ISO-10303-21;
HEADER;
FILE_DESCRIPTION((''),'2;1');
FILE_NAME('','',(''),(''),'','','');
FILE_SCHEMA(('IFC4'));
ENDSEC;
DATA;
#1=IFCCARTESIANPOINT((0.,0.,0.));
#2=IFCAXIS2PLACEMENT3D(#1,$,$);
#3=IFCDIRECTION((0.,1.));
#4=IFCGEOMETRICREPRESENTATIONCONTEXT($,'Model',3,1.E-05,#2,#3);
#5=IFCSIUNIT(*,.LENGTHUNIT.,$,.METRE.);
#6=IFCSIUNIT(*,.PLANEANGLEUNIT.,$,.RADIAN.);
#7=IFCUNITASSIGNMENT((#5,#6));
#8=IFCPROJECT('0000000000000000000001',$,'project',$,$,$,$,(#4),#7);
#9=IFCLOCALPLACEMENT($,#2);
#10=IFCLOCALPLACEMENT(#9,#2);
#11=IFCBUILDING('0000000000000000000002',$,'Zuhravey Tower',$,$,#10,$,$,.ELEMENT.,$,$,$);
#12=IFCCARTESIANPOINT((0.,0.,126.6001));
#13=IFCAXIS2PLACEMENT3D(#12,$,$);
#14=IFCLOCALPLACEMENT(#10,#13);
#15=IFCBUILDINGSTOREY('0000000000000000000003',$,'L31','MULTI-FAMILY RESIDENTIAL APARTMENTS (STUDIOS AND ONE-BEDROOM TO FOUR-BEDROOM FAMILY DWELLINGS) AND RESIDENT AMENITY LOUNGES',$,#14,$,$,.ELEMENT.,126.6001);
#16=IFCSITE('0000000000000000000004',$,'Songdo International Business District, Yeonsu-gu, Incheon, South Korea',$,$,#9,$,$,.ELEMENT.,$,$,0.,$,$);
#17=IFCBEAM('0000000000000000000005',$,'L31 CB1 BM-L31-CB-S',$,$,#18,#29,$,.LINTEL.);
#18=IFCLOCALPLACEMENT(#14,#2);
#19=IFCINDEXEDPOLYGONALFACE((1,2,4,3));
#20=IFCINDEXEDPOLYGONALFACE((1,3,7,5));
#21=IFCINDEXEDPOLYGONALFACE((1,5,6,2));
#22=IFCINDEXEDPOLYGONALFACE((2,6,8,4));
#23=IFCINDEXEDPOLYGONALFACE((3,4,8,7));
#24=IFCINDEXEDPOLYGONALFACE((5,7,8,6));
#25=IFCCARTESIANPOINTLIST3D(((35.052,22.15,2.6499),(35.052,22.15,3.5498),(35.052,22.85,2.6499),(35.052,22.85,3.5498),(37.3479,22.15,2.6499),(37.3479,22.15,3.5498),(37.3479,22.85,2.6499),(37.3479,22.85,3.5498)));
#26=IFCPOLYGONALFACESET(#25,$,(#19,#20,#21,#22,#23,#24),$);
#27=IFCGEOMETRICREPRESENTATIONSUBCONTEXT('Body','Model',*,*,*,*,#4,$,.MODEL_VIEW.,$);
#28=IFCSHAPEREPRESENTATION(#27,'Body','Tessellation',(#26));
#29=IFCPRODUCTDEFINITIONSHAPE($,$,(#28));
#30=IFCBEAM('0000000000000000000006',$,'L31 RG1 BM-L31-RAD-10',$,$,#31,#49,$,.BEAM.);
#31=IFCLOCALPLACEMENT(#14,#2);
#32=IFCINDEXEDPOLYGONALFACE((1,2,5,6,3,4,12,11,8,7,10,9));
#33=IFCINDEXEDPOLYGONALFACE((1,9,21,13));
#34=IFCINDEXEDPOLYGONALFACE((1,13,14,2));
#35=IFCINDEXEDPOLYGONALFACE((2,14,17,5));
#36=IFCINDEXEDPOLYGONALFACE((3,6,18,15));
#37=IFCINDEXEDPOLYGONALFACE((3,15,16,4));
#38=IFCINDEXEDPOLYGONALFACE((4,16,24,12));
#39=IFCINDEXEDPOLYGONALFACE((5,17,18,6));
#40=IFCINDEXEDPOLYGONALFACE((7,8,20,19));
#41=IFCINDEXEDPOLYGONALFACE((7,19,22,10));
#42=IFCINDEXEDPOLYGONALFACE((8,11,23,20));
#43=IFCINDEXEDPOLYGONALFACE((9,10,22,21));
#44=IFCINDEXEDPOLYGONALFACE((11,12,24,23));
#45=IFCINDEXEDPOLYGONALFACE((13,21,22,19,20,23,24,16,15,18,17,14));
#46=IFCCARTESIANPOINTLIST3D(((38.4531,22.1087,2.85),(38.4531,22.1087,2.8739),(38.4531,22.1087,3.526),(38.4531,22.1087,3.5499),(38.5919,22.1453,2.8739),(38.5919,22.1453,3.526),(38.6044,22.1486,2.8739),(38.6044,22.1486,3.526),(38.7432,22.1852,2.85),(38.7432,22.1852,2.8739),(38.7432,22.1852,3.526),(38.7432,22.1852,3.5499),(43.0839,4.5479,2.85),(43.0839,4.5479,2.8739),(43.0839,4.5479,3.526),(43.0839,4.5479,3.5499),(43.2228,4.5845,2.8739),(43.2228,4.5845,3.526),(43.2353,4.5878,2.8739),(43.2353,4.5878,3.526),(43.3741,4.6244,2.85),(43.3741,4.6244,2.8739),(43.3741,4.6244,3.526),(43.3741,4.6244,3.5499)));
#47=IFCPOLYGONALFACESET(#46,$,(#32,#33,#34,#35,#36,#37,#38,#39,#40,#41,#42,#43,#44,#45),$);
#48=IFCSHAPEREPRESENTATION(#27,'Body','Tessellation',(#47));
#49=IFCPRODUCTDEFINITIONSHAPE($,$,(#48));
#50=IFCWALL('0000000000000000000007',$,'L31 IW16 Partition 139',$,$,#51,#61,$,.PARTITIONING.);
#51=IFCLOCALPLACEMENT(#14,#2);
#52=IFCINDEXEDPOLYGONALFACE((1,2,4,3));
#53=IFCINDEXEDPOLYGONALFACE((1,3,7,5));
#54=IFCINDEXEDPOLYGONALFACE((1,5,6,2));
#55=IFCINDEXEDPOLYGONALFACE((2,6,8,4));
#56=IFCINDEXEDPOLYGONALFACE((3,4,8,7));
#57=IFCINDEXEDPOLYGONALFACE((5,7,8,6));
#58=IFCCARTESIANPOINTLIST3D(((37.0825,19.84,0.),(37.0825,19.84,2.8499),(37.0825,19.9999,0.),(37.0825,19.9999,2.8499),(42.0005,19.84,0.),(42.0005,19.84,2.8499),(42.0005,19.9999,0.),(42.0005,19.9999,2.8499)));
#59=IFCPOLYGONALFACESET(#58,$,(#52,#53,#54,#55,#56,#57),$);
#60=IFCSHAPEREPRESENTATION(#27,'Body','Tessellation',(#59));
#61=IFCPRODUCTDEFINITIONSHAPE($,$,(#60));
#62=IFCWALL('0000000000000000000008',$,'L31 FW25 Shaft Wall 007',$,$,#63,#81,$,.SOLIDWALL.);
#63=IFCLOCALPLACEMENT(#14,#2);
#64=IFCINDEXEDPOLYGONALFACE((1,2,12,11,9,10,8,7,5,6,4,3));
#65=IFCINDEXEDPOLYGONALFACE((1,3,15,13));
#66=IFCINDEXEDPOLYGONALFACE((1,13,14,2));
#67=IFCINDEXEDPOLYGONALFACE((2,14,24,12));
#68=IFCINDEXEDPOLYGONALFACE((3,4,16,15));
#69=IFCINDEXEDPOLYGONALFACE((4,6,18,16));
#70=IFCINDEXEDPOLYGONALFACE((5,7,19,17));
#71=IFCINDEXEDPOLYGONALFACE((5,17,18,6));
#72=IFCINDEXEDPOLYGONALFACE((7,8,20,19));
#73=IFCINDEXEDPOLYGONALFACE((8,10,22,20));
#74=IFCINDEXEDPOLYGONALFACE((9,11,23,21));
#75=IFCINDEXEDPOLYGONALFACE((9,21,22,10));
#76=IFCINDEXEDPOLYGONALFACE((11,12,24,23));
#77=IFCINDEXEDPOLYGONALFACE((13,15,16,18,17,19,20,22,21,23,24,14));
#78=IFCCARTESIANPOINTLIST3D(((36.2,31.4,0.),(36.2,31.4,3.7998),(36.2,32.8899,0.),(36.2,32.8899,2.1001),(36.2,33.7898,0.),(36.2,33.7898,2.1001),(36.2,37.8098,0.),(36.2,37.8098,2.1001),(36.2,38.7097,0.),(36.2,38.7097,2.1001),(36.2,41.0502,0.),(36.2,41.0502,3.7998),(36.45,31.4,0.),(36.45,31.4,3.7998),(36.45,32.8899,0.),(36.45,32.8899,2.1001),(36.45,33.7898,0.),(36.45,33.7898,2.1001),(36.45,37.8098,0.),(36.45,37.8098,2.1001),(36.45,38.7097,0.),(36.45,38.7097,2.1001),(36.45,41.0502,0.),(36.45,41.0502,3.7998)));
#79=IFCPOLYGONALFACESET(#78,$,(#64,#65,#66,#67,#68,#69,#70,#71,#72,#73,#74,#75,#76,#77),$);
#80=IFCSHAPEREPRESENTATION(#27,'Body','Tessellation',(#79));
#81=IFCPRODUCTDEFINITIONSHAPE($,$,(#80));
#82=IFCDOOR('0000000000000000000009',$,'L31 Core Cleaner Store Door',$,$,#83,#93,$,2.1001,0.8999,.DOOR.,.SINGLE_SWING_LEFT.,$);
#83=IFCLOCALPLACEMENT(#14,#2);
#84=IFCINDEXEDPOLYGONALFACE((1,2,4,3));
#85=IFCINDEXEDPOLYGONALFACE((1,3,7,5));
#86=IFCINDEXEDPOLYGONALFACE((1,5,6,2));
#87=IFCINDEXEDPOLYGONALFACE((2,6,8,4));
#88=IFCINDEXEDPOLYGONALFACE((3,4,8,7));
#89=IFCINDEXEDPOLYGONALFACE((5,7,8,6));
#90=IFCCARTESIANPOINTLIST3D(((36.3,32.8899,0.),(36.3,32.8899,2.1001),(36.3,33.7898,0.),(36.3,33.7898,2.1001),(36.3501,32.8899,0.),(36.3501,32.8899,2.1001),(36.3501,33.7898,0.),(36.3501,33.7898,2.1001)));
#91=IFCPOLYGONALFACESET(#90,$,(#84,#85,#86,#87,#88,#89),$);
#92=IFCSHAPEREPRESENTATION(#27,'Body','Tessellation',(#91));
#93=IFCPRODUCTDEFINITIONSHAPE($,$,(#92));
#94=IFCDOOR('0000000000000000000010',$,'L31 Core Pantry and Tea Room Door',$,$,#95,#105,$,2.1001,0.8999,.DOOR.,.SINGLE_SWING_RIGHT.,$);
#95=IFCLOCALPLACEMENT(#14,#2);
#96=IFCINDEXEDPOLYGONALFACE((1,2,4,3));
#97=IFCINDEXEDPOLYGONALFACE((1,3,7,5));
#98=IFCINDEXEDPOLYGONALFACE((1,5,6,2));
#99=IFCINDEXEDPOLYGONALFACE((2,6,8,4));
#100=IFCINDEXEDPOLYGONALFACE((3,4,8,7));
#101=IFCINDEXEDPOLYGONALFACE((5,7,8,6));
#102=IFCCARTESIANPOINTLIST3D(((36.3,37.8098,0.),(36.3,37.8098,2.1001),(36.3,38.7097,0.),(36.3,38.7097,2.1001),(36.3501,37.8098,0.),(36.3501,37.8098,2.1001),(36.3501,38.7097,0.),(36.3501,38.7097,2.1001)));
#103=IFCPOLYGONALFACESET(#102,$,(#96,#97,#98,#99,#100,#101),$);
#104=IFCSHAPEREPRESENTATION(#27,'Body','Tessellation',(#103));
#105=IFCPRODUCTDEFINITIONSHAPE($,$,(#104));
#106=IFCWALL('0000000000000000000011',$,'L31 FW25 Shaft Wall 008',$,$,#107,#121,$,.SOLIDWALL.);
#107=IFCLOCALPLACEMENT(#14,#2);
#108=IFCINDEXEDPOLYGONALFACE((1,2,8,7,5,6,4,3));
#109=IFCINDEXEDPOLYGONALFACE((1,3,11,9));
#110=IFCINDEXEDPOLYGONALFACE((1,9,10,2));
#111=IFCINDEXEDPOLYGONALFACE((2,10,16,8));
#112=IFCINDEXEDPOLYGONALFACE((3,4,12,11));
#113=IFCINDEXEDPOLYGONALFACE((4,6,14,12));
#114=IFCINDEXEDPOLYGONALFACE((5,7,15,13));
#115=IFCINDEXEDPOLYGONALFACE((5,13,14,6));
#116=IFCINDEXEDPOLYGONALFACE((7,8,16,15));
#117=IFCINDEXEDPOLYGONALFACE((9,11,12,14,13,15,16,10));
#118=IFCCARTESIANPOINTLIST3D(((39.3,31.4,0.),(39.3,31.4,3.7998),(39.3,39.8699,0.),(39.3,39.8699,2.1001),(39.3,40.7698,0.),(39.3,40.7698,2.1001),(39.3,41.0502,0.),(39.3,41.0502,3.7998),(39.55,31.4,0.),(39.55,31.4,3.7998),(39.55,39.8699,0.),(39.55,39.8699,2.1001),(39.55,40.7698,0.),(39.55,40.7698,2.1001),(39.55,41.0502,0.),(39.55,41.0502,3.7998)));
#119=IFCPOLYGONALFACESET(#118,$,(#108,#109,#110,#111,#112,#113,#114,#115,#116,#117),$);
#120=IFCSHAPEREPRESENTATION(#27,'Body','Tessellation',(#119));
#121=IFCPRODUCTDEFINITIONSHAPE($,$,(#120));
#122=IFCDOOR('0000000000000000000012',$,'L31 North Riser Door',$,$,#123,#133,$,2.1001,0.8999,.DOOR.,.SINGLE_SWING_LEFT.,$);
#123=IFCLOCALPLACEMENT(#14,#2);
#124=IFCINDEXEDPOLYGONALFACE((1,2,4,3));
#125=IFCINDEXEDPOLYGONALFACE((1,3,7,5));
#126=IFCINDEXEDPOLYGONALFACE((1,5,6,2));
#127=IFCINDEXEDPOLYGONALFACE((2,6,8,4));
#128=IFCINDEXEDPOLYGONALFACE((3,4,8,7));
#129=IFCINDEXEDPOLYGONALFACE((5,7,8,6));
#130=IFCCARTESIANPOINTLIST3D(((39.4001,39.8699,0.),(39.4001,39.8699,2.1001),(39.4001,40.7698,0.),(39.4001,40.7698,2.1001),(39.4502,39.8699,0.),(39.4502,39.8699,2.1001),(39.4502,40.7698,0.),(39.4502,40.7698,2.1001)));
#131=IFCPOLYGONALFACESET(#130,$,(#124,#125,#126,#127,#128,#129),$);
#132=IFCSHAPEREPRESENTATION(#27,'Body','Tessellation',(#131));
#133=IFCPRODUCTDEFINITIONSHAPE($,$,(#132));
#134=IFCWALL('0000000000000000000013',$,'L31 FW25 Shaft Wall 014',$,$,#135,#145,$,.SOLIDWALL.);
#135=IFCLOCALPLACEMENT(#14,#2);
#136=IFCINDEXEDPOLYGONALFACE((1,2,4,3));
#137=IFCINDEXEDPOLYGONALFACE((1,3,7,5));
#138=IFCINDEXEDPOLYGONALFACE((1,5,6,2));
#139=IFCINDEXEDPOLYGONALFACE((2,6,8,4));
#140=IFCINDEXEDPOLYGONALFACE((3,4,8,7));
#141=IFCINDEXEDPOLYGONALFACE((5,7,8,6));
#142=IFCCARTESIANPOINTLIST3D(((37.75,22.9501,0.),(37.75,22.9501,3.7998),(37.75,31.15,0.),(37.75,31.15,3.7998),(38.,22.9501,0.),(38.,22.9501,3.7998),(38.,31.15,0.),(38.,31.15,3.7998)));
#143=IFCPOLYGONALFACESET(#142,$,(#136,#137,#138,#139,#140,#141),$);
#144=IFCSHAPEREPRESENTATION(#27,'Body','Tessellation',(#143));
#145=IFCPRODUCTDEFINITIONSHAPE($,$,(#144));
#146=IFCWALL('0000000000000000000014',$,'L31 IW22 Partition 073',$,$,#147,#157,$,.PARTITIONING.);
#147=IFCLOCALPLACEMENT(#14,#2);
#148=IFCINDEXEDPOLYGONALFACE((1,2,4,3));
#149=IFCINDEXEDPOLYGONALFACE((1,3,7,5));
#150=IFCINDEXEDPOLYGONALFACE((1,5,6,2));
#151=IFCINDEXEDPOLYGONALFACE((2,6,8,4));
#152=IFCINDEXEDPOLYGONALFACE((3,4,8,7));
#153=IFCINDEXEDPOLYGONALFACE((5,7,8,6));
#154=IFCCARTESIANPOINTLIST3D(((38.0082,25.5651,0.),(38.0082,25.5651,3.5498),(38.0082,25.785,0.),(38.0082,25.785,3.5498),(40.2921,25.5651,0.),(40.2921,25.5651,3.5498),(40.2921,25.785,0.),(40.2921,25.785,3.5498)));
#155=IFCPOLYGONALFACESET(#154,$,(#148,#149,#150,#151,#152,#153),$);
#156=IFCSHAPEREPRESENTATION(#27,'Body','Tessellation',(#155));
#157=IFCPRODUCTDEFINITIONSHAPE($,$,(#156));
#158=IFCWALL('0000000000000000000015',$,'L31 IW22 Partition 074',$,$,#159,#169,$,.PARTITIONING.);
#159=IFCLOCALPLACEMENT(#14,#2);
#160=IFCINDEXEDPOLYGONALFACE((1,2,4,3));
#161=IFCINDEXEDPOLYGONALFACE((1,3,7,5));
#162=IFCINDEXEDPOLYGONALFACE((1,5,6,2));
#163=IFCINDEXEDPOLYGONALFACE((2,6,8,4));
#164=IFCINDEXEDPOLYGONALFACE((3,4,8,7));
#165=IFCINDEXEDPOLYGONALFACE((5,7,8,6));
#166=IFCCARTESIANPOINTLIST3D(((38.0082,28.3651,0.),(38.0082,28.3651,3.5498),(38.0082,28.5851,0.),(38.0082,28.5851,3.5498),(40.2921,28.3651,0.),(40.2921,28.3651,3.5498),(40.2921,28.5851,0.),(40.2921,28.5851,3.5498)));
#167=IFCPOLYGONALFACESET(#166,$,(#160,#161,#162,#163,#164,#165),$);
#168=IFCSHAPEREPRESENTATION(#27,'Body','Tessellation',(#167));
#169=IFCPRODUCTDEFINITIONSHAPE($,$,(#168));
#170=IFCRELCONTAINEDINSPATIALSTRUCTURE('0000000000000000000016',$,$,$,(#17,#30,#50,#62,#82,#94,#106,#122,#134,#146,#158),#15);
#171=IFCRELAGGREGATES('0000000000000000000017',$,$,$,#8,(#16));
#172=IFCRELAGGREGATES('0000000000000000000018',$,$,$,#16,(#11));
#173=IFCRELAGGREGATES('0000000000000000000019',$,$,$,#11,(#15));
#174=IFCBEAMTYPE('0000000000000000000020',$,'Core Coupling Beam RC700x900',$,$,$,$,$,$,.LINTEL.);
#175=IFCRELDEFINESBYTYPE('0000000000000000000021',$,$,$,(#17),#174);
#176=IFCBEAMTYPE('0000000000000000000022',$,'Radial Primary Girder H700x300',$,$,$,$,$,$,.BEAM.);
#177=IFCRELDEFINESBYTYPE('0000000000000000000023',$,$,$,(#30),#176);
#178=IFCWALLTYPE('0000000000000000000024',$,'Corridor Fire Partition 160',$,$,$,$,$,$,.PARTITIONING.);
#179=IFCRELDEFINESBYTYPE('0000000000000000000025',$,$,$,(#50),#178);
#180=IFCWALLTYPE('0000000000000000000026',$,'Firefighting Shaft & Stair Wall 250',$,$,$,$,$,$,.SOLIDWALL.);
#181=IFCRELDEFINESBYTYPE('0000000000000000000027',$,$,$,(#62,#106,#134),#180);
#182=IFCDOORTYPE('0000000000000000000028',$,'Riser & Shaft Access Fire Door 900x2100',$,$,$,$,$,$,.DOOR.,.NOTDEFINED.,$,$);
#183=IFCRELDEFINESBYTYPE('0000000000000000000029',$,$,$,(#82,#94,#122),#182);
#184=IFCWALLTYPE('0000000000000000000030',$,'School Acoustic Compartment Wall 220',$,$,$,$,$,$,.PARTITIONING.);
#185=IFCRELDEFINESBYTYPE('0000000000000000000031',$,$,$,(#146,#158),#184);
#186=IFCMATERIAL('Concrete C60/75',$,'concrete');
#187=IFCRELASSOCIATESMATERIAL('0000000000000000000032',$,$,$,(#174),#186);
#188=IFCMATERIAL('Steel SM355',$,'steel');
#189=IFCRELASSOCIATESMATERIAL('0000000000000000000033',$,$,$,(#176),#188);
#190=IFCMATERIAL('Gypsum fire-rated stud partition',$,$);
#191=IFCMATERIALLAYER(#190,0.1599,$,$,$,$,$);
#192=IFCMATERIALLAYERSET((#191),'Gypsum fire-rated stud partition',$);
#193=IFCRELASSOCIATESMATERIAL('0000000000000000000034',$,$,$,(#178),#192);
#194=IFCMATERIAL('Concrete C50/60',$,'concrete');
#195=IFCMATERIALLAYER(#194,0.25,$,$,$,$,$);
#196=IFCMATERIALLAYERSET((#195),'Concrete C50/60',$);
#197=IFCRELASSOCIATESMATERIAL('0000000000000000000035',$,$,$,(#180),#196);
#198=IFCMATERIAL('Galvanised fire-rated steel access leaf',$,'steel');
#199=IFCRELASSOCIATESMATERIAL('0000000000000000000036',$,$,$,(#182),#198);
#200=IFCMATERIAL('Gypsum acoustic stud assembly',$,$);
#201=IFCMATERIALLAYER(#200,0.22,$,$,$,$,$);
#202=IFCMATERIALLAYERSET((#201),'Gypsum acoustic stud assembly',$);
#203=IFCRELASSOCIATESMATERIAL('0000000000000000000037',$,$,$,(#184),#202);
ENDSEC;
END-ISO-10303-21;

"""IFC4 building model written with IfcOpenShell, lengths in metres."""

from ifc_helpers import new_model, si_unit, direction, frame, frame_2d, origin, origin_2d, place, context, subcontext, project, spatial, rectangle, i_section, extrude, material, layer, layer_set, material_profile, profile_set, type_object, element, fill, save


model = new_model("IFC4")

# Units and contexts
model_context = context("Model", 3, precision=1e-05, world=origin(), true_north=direction((0.0, 1.0)))
body_context = subcontext(model_context, "Body", "Model", "MODEL_VIEW")
ifc_project = project(units=[si_unit("LENGTHUNIT", "METRE"), si_unit("PLANEANGLEUNIT", "RADIAN")], contexts=[model_context])

# Site, building, storey
site_placement = place(None, origin())
site = spatial("IfcSite", under=ifc_project, at=site_placement, Name="Songdo International Business District, Yeonsu-gu, Incheon, South Korea", CompositionType="ELEMENT", RefElevation=0.0)
building_placement = place(site_placement, origin())
building = spatial("IfcBuilding", under=site, at=building_placement, Name="Zuhravey Tower", CompositionType="ELEMENT")
storey_placement = place(building_placement, frame((0.0, 0.0, 126.6001)))
storey = spatial("IfcBuildingStorey", under=building, at=storey_placement, Name="L31", Description="MULTI-FAMILY RESIDENTIAL APARTMENTS (STUDIOS AND ONE-BEDROOM TO FOUR-BEDROOM FAMILY DWELLINGS) AND RESIDENT AMENITY LOUNGES", CompositionType="ELEMENT", Elevation=126.6001)

# Beams
ifc_material_1 = material(Name="Concrete C60/75", Category="concrete")
ifc_material_profile_1 = material_profile(ifc_material_1, rectangle(XDim=0.7, YDim=0.8999, at=origin_2d()), Name="RC-700x900")
ifc_profile_set_1 = profile_set([ifc_material_profile_1], Name="Concrete C60/75")
beam_type_1 = type_object("IfcBeamType", Name="Core Coupling Beam RC700x900", PredefinedType="LINTEL", material=ifc_profile_set_1)
beam_1_placement = place(storey_placement, frame((35.052, 22.5, 3.0999), z_axis=(1.0, 0.0, 0.0), x_axis=(0.0, 1.0, 0.0)))
element("IfcBeam", 1, at=beam_1_placement, inside=storey, type_object=beam_type_1, Name="L31 CB1 BM-L31-CB-S", PredefinedType="LINTEL", context=body_context, shape_type="SweptSolid", body=[
    extrude(rectangle(XDim=0.7, YDim=0.8999, at=origin_2d()), origin(), (0.0, 0.0, 1.0), 2.2959),
])
ifc_material_2 = material(Name="Steel SM355", Category="steel")
ifc_material_profile_2 = material_profile(ifc_material_2, i_section(OverallWidth=0.3, OverallDepth=0.7, WebThickness=0.0129, FlangeThickness=0.0239, at=origin_2d()), Name="H-700x300x13x24")
ifc_profile_set_2 = profile_set([ifc_material_profile_2], Name="Steel SM355")
beam_type_2 = type_object("IfcBeamType", Name="Radial Primary Girder H700x300", PredefinedType="BEAM", material=ifc_profile_set_2)
beam_2_placement = place(storey_placement, frame((38.5981, 22.147, 3.2), z_axis=(0.254988, -0.966944, 0.0), x_axis=(0.966944, 0.254988, 0.0)))
element("IfcBeam", 2, at=beam_2_placement, inside=storey, type_object=beam_type_2, Name="L31 RG1 BM-L31-RAD-10", PredefinedType="BEAM", context=body_context, shape_type="SweptSolid", body=[
    extrude(i_section(OverallWidth=0.3, OverallDepth=0.7, WebThickness=0.0129, FlangeThickness=0.0239, at=origin_2d()), origin(), (0.0, 0.0, 1.0), 18.1611),
])

# Wall
ifc_material_3 = material(Name="Gypsum fire-rated stud partition")
ifc_layer_1 = layer(ifc_material_3, 0.1599)
ifc_layer_set_1 = layer_set([ifc_layer_1], Name="Gypsum fire-rated stud partition")
wall_type_1 = type_object("IfcWallType", Name="Corridor Fire Partition 160", PredefinedType="PARTITIONING", material=ifc_layer_set_1)
wall_1_placement = place(storey_placement, frame((37.0825, 19.9199, 0.0), z_axis=(0.0, 0.0, 1.0), x_axis=(1.0, 0.0, 0.0)))
element("IfcWall", 3, at=wall_1_placement, inside=storey, type_object=wall_type_1, Name="L31 IW16 Partition 139", PredefinedType="PARTITIONING", context=body_context, shape_type="SweptSolid", body=[
    extrude(rectangle(XDim=4.918, YDim=0.1599, at=frame_2d((2.459, 0.0))), origin(), (0.0, 0.0, 1.0), 2.8499),
])

# Shared definitions
ifc_material_4 = material(Name="Concrete C50/60", Category="concrete")
ifc_layer_2 = layer(ifc_material_4, 0.25)
ifc_layer_set_2 = layer_set([ifc_layer_2], Name="Concrete C50/60")
wall_type_2 = type_object("IfcWallType", Name="Firefighting Shaft & Stair Wall 250", PredefinedType="SOLIDWALL", material=ifc_layer_set_2)

# Wall, openings, doors
wall_2_placement = place(storey_placement, frame((36.325, 31.3999, 0.0), z_axis=(0.0, 0.0, 1.0), x_axis=(0.0, 1.0, 0.0)))
wall_2 = element("IfcWall", 4, at=wall_2_placement, inside=storey, type_object=wall_type_2, Name="L31 FW25 Shaft Wall 007", PredefinedType="SOLIDWALL", context=body_context, shape_type="SweptSolid", body=[
    extrude(rectangle(XDim=9.6501, YDim=0.25, at=frame_2d((4.8252, 0.0))), origin(), (0.0, 0.0, 1.0), 3.7998),
])
opening_1_placement = place(wall_2_placement, frame((1.49, 0.0, 0.0)))
opening_1 = element("IfcOpeningElement", 5, at=opening_1_placement, cuts=wall_2, PredefinedType="OPENING", context=body_context, shape_type="SweptSolid", body=[
    extrude(rectangle(XDim=0.8999, YDim=2.1001, at=frame_2d((0.45, 1.05))), frame((0.0, 0.137, 0.0), z_axis=(0.0, -1.0, 0.0), x_axis=(1.0, 0.0, 0.0)), (0.0, 0.0, 1.0), 0.2739),
])
opening_2_placement = place(wall_2_placement, frame((6.4099, 0.0, 0.0)))
opening_2 = element("IfcOpeningElement", 6, at=opening_2_placement, cuts=wall_2, PredefinedType="OPENING", context=body_context, shape_type="SweptSolid", body=[
    extrude(rectangle(XDim=0.8999, YDim=2.1001, at=frame_2d((0.45, 1.05))), frame((0.0, 0.137, 0.0), z_axis=(0.0, -1.0, 0.0), x_axis=(1.0, 0.0, 0.0)), (0.0, 0.0, 1.0), 0.2739),
])
ifc_material_5 = material(Name="Galvanised fire-rated steel access leaf", Category="steel")
door_type_1 = type_object("IfcDoorType", Name="Riser & Shaft Access Fire Door 900x2100", OperationType="NOTDEFINED", PredefinedType="DOOR", material=ifc_material_5)
door_1_placement = place(opening_1_placement, origin())
door_1 = element("IfcDoor", 7, at=door_1_placement, inside=storey, type_object=door_type_1, Name="L31 Core Cleaner Store Door", OperationType="SINGLE_SWING_LEFT", OverallHeight=2.1001, OverallWidth=0.8999, PredefinedType="DOOR", context=body_context, shape_type="SweptSolid", body=[
    extrude(rectangle(XDim=0.8999, YDim=2.1001, at=frame_2d((0.45, 1.05))), frame((0.0, 0.0249, 0.0), z_axis=(0.0, -1.0, 0.0), x_axis=(1.0, 0.0, 0.0)), (0.0, 0.0, 1.0), 0.05),
])
fill(opening_1, door_1)
door_2_placement = place(opening_2_placement, origin())
door_2 = element("IfcDoor", 8, at=door_2_placement, inside=storey, type_object=door_type_1, Name="L31 Core Pantry and Tea Room Door", OperationType="SINGLE_SWING_RIGHT", OverallHeight=2.1001, OverallWidth=0.8999, PredefinedType="DOOR", context=body_context, shape_type="SweptSolid", body=[
    extrude(rectangle(XDim=0.8999, YDim=2.1001, at=frame_2d((0.45, 1.05))), frame((0.0, 0.0249, 0.0), z_axis=(0.0, -1.0, 0.0), x_axis=(1.0, 0.0, 0.0)), (0.0, 0.0, 1.0), 0.05),
])
fill(opening_2, door_2)

# Wall, opening, door
wall_3_placement = place(storey_placement, frame((39.425, 31.3999, 0.0), z_axis=(0.0, 0.0, 1.0), x_axis=(0.0, 1.0, 0.0)))
wall_3 = element("IfcWall", 9, at=wall_3_placement, inside=storey, type_object=wall_type_2, Name="L31 FW25 Shaft Wall 008", PredefinedType="SOLIDWALL", context=body_context, shape_type="SweptSolid", body=[
    extrude(rectangle(XDim=9.6501, YDim=0.25, at=frame_2d((4.8252, 0.0))), origin(), (0.0, 0.0, 1.0), 3.7998),
])
opening_3_placement = place(wall_3_placement, frame((8.47, 0.0, 0.0)))
opening_3 = element("IfcOpeningElement", 10, at=opening_3_placement, cuts=wall_3, PredefinedType="OPENING", context=body_context, shape_type="SweptSolid", body=[
    extrude(rectangle(XDim=0.8999, YDim=2.1001, at=frame_2d((0.45, 1.05))), frame((0.0, 0.137, 0.0), z_axis=(0.0, -1.0, 0.0), x_axis=(1.0, 0.0, 0.0)), (0.0, 0.0, 1.0), 0.2739),
])
door_3_placement = place(opening_3_placement, origin())
door_3 = element("IfcDoor", 11, at=door_3_placement, inside=storey, type_object=door_type_1, Name="L31 North Riser Door", OperationType="SINGLE_SWING_LEFT", OverallHeight=2.1001, OverallWidth=0.8999, PredefinedType="DOOR", context=body_context, shape_type="SweptSolid", body=[
    extrude(rectangle(XDim=0.8999, YDim=2.1001, at=frame_2d((0.45, 1.05))), frame((0.0, 0.0249, 0.0), z_axis=(0.0, -1.0, 0.0), x_axis=(1.0, 0.0, 0.0)), (0.0, 0.0, 1.0), 0.05),
])
fill(opening_3, door_3)

# Walls
wall_4_placement = place(storey_placement, frame((37.875, 22.95, 0.0), z_axis=(0.0, 0.0, 1.0), x_axis=(0.0, 1.0, 0.0)))
element("IfcWall", 12, at=wall_4_placement, inside=storey, type_object=wall_type_2, Name="L31 FW25 Shaft Wall 014", PredefinedType="SOLIDWALL", context=body_context, shape_type="SweptSolid", body=[
    extrude(rectangle(XDim=8.2, YDim=0.25, at=frame_2d((4.1001, 0.0))), origin(), (0.0, 0.0, 1.0), 3.7998),
])
ifc_material_6 = material(Name="Gypsum acoustic stud assembly")
ifc_layer_3 = layer(ifc_material_6, 0.22)
ifc_layer_set_3 = layer_set([ifc_layer_3], Name="Gypsum acoustic stud assembly")
wall_type_3 = type_object("IfcWallType", Name="School Acoustic Compartment Wall 220", PredefinedType="PARTITIONING", material=ifc_layer_set_3)
for number, where, z_axis, x_axis, name in (
    (13, (38.0081, 25.675, 0.0), (0.0, 0.0, 1.0), (1.0, 0.0, 0.0), "L31 IW22 Partition 073"),
    (14, (38.0081, 28.4751, 0.0), (0.0, 0.0, 1.0), (1.0, 0.0, 0.0), "L31 IW22 Partition 074"),
):
    element("IfcWall", number, at=place(storey_placement, frame(where, z_axis=z_axis, x_axis=x_axis)), inside=storey, type_object=wall_type_3, Name=name, PredefinedType="PARTITIONING", context=body_context, shape_type="SweptSolid", body=[
        extrude(rectangle(XDim=2.2839, YDim=0.22, at=frame_2d((1.1421, 0.0))), origin(), (0.0, 0.0, 1.0), 3.5498),
    ])

save(model, "model.ifc")
